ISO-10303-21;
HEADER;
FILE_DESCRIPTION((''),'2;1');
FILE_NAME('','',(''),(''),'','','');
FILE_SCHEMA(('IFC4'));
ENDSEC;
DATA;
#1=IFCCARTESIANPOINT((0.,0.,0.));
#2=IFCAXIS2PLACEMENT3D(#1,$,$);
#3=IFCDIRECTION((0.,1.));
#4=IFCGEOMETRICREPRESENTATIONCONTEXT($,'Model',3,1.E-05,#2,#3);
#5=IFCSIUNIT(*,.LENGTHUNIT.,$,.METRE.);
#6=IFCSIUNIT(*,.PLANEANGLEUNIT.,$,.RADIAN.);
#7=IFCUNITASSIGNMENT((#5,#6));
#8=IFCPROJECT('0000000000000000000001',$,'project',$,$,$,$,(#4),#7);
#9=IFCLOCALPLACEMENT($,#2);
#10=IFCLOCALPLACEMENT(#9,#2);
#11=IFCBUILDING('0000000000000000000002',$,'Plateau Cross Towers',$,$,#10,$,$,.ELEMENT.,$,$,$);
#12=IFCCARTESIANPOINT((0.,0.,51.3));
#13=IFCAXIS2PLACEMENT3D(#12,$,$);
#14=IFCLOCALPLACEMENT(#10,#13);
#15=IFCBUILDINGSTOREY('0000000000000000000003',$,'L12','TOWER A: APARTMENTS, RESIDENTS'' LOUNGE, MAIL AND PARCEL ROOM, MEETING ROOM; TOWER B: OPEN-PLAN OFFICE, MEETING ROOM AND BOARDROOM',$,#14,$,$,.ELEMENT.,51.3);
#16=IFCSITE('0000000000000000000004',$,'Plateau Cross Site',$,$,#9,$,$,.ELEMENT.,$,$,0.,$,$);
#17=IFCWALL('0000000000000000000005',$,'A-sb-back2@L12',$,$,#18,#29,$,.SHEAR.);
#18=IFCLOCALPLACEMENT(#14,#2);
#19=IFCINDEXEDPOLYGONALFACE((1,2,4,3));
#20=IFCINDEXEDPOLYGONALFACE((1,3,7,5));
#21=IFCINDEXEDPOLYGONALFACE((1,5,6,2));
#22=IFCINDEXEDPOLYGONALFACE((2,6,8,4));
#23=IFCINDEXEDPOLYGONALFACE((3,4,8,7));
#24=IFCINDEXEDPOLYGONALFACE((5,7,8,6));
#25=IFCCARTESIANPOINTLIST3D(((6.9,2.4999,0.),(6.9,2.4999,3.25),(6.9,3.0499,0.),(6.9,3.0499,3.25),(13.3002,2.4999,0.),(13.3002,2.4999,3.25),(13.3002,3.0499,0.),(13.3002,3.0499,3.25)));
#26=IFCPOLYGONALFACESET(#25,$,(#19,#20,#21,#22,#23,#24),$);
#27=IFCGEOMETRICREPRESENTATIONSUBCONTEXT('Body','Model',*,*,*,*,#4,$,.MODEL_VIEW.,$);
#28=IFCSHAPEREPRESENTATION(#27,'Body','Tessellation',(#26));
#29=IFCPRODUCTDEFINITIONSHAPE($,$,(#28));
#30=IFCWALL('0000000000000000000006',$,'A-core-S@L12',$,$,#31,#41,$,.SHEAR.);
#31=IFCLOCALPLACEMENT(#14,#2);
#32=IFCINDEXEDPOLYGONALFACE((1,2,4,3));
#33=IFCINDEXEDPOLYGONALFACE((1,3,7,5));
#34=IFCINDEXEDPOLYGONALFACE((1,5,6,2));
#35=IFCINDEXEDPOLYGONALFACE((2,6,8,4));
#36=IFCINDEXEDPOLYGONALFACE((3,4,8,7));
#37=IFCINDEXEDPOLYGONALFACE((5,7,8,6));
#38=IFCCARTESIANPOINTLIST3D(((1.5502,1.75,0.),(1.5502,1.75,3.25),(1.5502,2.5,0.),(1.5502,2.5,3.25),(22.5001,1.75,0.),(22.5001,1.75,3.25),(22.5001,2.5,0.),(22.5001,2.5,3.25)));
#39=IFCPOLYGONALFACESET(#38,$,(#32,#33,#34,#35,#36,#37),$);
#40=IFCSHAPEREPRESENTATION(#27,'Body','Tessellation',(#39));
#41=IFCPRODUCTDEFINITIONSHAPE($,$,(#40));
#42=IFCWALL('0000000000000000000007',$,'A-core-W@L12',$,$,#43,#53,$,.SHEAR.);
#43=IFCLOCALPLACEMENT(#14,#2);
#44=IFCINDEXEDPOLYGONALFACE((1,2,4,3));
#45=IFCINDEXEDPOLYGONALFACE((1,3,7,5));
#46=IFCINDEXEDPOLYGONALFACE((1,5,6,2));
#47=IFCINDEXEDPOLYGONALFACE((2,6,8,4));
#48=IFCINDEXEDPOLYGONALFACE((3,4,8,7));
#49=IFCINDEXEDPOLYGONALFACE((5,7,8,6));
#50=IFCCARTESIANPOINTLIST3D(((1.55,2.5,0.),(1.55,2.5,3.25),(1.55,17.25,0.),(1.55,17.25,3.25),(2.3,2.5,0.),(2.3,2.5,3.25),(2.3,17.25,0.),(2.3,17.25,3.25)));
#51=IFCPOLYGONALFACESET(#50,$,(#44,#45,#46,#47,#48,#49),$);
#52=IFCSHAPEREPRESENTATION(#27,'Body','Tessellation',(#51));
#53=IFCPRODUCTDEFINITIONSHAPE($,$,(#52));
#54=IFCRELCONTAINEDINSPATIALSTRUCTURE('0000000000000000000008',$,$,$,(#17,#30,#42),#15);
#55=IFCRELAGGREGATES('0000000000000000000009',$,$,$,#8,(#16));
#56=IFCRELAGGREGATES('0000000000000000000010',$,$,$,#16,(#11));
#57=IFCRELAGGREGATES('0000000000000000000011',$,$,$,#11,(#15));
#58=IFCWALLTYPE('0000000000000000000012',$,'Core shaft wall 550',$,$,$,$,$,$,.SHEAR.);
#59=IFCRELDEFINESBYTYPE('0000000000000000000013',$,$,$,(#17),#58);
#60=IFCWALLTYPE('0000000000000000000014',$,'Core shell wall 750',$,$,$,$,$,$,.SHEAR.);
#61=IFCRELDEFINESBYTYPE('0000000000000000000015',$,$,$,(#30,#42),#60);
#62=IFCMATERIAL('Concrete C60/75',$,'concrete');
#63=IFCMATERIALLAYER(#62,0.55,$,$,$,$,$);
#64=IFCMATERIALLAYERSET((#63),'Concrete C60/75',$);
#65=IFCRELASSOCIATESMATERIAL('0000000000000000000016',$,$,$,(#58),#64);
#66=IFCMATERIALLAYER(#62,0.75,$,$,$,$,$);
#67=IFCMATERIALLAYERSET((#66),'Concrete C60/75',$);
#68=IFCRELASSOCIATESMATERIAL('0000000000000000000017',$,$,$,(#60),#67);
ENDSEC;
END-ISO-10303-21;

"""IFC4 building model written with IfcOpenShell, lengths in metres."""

from ifc_helpers import new_model, si_unit, direction, frame, frame_2d, origin, place, context, subcontext, project, spatial, rectangle, extrude, material, layer, layer_set, type_object, element, save


model = new_model("IFC4")

# Units and contexts
model_context = context("Model", 3, precision=1e-05, world=origin(), true_north=direction((0.0, 1.0)))
body_context = subcontext(model_context, "Body", "Model", "MODEL_VIEW")
ifc_project = project(units=[si_unit("LENGTHUNIT", "METRE"), si_unit("PLANEANGLEUNIT", "RADIAN")], contexts=[model_context])

# Site, building, storey
site_placement = place(None, origin())
site = spatial("IfcSite", under=ifc_project, at=site_placement, Name="Plateau Cross Site", CompositionType="ELEMENT", RefElevation=0.0)
building_placement = place(site_placement, origin())
building = spatial("IfcBuilding", under=site, at=building_placement, Name="Plateau Cross Towers", CompositionType="ELEMENT")
storey_placement = place(building_placement, frame((0.0, 0.0, 51.3)))
storey = spatial("IfcBuildingStorey", under=building, at=storey_placement, Name="L12", Description="TOWER A: APARTMENTS, RESIDENTS' LOUNGE, MAIL AND PARCEL ROOM, MEETING ROOM; TOWER B: OPEN-PLAN OFFICE, MEETING ROOM AND BOARDROOM", CompositionType="ELEMENT", Elevation=51.3)

# Shared definitions
ifc_material_1 = material(Name="Concrete C60/75", Category="concrete")

# Walls
ifc_layer_1 = layer(ifc_material_1, 0.55)
ifc_layer_set_1 = layer_set([ifc_layer_1], Name="Concrete C60/75")
wall_type_1 = type_object("IfcWallType", Name="Core shaft wall 550", PredefinedType="SHEAR", material=ifc_layer_set_1)
wall_1_placement = place(storey_placement, frame((6.8999, 2.7749, 0.0), z_axis=(0.0, 0.0, 1.0), x_axis=(1.0, 0.0, 0.0)))
element("IfcWall", 1, at=wall_1_placement, inside=storey, type_object=wall_type_1, Name="A-sb-back2@L12", PredefinedType="SHEAR", context=body_context, shape_type="SweptSolid", body=[
    extrude(rectangle(XDim=6.4001, YDim=0.55, at=frame_2d((3.2002, 0.0))), origin(), (0.0, 0.0, 1.0), 3.25),
])
ifc_layer_2 = layer(ifc_material_1, 0.75)
ifc_layer_set_2 = layer_set([ifc_layer_2], Name="Concrete C60/75")
wall_type_2 = type_object("IfcWallType", Name="Core shell wall 750", PredefinedType="SHEAR", material=ifc_layer_set_2)
wall_2_placement = place(storey_placement, frame((1.55, 2.125, 0.0), z_axis=(0.0, 0.0, 1.0), x_axis=(1.0, 0.0, 0.0)))
element("IfcWall", 2, at=wall_2_placement, inside=storey, type_object=wall_type_2, Name="A-core-S@L12", PredefinedType="SHEAR", context=body_context, shape_type="SweptSolid", body=[
    extrude(rectangle(XDim=20.95, YDim=0.75, at=frame_2d((10.4751, 0.0))), origin(), (0.0, 0.0, 1.0), 3.25),
])
wall_3_placement = place(storey_placement, frame((1.925, 2.5, 0.0), z_axis=(0.0, 0.0, 1.0), x_axis=(0.0, 1.0, 0.0)))
element("IfcWall", 3, at=wall_3_placement, inside=storey, type_object=wall_type_2, Name="A-core-W@L12", PredefinedType="SHEAR", context=body_context, shape_type="SweptSolid", body=[
    extrude(rectangle(XDim=14.75, YDim=0.75, at=frame_2d((7.375, 0.0))), origin(), (0.0, 0.0, 1.0), 3.25),
])

save(model, "model.ifc")
